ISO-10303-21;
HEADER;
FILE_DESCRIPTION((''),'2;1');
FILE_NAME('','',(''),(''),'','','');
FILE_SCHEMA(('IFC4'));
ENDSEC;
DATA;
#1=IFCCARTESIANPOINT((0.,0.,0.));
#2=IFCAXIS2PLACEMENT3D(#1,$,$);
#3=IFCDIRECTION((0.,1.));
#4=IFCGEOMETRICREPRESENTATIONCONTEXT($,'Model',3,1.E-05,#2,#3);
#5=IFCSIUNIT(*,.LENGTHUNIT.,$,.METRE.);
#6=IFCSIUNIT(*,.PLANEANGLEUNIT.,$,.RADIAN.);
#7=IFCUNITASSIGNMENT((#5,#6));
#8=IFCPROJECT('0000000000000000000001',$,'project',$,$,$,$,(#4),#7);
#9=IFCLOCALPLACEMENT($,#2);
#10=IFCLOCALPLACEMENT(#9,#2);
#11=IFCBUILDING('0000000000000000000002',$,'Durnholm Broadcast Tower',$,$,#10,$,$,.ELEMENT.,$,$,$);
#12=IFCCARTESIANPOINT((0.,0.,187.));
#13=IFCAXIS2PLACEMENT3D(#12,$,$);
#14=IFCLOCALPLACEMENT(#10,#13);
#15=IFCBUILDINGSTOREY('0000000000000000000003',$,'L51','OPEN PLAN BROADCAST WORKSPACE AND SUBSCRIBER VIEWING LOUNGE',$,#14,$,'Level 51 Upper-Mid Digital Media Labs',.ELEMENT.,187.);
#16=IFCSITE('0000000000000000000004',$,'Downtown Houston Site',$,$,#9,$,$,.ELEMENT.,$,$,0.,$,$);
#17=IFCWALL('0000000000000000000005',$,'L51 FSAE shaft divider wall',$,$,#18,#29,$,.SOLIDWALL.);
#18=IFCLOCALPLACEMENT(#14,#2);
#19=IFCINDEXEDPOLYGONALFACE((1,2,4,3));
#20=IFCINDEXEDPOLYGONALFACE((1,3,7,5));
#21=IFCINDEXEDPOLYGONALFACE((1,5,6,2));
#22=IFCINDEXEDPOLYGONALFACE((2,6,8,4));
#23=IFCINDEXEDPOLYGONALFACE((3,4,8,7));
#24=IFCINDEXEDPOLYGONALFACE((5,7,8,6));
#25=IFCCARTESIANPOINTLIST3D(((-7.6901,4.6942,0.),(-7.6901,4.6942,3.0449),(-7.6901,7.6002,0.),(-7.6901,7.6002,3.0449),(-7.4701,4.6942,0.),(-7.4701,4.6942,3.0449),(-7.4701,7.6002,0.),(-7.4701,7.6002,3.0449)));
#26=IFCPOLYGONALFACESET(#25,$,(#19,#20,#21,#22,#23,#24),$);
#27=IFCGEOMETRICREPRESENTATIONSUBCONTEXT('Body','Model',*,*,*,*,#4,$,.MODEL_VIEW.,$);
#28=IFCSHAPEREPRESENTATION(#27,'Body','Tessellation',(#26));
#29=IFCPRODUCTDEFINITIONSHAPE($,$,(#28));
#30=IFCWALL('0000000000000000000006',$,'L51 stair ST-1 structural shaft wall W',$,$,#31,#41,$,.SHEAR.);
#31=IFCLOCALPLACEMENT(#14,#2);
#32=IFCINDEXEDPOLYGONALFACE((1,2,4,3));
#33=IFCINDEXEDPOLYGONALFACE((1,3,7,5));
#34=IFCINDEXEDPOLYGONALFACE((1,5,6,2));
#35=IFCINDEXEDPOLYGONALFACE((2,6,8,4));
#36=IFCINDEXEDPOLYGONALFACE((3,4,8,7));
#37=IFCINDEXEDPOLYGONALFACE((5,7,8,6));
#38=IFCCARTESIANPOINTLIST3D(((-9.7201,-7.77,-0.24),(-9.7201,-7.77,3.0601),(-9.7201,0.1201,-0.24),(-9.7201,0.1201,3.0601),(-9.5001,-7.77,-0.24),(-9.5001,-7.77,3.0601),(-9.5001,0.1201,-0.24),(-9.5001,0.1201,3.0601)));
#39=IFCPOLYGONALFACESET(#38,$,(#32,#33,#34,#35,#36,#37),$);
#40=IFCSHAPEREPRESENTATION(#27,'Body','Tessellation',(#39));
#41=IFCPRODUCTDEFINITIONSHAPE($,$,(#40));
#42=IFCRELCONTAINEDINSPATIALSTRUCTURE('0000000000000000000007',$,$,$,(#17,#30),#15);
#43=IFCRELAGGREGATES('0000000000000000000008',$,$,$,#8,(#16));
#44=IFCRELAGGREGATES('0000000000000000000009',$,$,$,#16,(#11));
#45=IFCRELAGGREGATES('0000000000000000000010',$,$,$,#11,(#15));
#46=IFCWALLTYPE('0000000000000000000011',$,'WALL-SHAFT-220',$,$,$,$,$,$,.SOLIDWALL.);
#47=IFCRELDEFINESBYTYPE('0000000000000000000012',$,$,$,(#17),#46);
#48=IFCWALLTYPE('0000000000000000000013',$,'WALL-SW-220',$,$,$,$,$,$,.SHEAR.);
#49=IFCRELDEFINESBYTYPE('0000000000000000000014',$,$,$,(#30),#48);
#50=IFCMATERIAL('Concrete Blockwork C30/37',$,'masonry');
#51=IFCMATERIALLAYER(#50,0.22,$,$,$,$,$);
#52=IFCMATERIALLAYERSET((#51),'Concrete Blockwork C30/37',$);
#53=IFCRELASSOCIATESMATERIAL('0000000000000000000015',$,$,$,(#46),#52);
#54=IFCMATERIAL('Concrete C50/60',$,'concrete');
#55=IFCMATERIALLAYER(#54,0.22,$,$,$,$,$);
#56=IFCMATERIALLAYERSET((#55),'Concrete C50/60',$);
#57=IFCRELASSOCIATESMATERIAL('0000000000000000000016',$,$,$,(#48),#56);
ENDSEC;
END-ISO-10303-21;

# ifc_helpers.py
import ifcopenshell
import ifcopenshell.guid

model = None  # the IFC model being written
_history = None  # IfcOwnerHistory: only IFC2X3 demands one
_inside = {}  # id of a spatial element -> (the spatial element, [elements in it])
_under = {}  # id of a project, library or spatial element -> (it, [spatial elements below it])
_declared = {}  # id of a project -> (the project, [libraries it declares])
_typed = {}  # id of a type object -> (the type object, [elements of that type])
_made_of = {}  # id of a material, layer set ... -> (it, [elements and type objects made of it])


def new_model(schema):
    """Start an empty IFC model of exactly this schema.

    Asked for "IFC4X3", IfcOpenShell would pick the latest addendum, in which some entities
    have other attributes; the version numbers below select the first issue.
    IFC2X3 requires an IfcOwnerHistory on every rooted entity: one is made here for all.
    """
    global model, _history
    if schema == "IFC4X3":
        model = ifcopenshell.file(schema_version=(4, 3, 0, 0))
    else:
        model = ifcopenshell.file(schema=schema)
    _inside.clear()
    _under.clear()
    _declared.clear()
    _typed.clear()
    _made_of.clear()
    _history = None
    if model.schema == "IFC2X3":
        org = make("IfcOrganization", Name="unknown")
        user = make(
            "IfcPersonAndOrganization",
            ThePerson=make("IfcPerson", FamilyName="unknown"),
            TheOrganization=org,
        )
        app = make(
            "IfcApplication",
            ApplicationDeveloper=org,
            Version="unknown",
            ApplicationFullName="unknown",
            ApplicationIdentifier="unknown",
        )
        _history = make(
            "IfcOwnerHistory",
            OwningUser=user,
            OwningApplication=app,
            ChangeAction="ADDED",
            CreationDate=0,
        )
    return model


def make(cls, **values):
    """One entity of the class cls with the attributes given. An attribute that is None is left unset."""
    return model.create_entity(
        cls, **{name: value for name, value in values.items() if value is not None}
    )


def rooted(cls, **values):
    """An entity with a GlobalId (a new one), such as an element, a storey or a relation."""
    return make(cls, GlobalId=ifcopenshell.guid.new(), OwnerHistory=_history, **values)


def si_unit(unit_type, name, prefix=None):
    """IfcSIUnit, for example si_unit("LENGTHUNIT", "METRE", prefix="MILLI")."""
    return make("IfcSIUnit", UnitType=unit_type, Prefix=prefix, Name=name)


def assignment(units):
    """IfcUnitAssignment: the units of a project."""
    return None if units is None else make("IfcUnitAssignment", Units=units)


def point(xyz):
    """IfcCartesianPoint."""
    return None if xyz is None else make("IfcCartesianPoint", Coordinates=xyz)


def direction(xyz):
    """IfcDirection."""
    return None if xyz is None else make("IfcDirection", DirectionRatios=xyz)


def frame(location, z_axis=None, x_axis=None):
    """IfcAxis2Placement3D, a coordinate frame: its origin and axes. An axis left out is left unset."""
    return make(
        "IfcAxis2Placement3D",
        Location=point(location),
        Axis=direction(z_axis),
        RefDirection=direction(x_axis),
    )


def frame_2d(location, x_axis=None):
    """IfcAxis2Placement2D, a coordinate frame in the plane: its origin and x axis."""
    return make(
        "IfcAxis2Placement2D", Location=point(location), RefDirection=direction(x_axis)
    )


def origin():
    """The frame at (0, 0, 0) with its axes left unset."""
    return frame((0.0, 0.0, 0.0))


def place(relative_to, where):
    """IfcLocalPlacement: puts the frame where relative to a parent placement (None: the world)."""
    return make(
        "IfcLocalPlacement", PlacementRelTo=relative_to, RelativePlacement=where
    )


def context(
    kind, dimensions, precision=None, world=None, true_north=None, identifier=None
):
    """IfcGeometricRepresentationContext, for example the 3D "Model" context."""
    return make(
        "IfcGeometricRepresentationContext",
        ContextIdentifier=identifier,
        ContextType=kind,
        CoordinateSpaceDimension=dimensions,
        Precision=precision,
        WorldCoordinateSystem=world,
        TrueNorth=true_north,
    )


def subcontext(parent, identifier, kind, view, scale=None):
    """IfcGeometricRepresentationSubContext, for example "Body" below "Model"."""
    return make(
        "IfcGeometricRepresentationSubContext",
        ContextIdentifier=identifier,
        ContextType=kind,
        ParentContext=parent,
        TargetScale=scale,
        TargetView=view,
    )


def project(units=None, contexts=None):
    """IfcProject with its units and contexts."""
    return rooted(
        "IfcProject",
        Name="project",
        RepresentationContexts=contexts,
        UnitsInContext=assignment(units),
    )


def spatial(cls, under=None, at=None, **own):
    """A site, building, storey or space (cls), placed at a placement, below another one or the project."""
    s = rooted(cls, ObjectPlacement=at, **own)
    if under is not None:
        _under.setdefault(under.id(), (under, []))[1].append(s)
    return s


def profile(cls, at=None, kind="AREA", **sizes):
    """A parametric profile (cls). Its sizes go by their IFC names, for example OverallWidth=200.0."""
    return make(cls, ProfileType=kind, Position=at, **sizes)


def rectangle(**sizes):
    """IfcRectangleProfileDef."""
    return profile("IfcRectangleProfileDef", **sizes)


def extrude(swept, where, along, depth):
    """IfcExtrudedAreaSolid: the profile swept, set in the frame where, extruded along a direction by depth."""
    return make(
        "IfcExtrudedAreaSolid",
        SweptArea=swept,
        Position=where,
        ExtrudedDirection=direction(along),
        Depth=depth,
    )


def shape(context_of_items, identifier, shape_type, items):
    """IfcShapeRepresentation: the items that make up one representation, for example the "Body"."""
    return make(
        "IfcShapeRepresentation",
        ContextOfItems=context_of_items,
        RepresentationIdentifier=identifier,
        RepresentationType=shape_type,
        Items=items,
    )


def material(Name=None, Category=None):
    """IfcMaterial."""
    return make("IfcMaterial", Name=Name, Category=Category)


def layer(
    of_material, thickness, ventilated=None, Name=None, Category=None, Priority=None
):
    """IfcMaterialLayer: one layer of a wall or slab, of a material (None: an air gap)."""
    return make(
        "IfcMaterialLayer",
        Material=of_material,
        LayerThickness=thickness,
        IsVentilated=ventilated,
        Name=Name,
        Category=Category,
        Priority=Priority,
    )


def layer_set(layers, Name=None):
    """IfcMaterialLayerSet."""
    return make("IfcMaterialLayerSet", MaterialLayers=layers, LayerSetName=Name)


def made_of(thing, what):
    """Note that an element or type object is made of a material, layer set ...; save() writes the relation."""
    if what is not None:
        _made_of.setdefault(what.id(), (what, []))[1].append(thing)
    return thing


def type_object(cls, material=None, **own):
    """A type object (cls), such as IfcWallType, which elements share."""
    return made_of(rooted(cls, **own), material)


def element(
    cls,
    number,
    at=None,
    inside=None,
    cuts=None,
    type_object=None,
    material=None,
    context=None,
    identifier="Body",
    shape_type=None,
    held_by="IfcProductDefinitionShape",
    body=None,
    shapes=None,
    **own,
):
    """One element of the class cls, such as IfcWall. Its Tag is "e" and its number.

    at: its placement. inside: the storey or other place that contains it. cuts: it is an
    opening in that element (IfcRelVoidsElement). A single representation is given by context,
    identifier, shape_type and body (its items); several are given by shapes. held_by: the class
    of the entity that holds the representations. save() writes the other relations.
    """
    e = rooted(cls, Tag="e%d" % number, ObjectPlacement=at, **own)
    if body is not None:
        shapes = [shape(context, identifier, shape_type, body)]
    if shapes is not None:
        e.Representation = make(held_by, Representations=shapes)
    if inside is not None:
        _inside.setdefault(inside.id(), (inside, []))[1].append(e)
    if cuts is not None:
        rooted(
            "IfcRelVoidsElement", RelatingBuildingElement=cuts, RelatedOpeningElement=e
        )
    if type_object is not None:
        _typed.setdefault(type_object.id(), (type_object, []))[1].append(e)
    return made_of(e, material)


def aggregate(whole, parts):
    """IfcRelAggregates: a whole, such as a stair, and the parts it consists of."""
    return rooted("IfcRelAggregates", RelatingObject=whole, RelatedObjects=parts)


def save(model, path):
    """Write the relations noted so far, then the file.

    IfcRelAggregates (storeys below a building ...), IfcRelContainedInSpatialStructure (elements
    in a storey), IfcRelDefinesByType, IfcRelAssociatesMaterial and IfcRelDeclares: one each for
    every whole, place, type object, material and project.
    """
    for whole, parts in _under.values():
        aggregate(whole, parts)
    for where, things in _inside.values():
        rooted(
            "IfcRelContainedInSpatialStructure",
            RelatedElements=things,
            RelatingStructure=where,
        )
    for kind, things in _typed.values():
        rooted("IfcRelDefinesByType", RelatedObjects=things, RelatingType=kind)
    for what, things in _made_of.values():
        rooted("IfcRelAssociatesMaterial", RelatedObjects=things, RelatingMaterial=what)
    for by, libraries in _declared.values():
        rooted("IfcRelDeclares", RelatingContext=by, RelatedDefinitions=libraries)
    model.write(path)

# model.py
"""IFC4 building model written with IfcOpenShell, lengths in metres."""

from ifc_helpers import new_model, si_unit, direction, frame, frame_2d, origin, place, context, subcontext, project, spatial, rectangle, extrude, material, layer, layer_set, type_object, element, save


model = new_model("IFC4")

# Units and contexts
model_context = context("Model", 3, precision=1e-05, world=origin(), true_north=direction((0.0, 1.0)))
body_context = subcontext(model_context, "Body", "Model", "MODEL_VIEW")
ifc_project = project(units=[si_unit("LENGTHUNIT", "METRE"), si_unit("PLANEANGLEUNIT", "RADIAN")], contexts=[model_context])

# Site, building, storey
site_placement = place(None, origin())
site = spatial("IfcSite", under=ifc_project, at=site_placement, Name="Downtown Houston Site", CompositionType="ELEMENT", RefElevation=0.0)
building_placement = place(site_placement, origin())
building = spatial("IfcBuilding", under=site, at=building_placement, Name="Durnholm Broadcast Tower", CompositionType="ELEMENT")
storey_placement = place(building_placement, frame((0.0, 0.0, 187.0)))
storey = spatial("IfcBuildingStorey", under=building, at=storey_placement, Name="L51", Description="OPEN PLAN BROADCAST WORKSPACE AND SUBSCRIBER VIEWING LOUNGE", LongName="Level 51 Upper-Mid Digital Media Labs", CompositionType="ELEMENT", Elevation=187.0)

# Shared definitions
ifc_material_1 = material(Name="Concrete Blockwork C30/37", Category="masonry")
ifc_layer_1 = layer(ifc_material_1, 0.22)
ifc_layer_set_1 = layer_set([ifc_layer_1], Name="Concrete Blockwork C30/37")
wall_type_1 = type_object("IfcWallType", Name="WALL-SHAFT-220", PredefinedType="SOLIDWALL", material=ifc_layer_set_1)

# Walls
wall_1_placement = place(storey_placement, frame((-7.5801, 4.6941, 0.0), z_axis=(0.0, 0.0, 1.0), x_axis=(0.0, 1.0, 0.0)))
element("IfcWall", 1, at=wall_1_placement, inside=storey, type_object=wall_type_1, Name="L51 FSAE shaft divider wall", PredefinedType="SOLIDWALL", context=body_context, shape_type="SweptSolid", body=[
    extrude(rectangle(XDim=2.906, YDim=0.22, at=frame_2d((1.4531, 0.0))), origin(), (0.0, 0.0, 1.0), 3.0449),
])
ifc_material_2 = material(Name="Concrete C50/60", Category="concrete")
ifc_layer_2 = layer(ifc_material_2, 0.22)
ifc_layer_set_2 = layer_set([ifc_layer_2], Name="Concrete C50/60")
wall_type_2 = type_object("IfcWallType", Name="WALL-SW-220", PredefinedType="SHEAR", material=ifc_layer_set_2)
wall_2_placement = place(storey_placement, frame((-9.6101, 0.1201, -0.24), z_axis=(0.0, 0.0, 1.0), x_axis=(0.0, -1.0, 0.0)))
element("IfcWall", 2, at=wall_2_placement, inside=storey, type_object=wall_type_2, Name="L51 stair ST-1 structural shaft wall W", PredefinedType="SHEAR", context=body_context, shape_type="SweptSolid", body=[
    extrude(rectangle(XDim=7.8901, YDim=0.22, at=frame_2d((3.9451, 0.0))), origin(), (0.0, 0.0, 1.0), 3.3),
])

save(model, "model.ifc")
